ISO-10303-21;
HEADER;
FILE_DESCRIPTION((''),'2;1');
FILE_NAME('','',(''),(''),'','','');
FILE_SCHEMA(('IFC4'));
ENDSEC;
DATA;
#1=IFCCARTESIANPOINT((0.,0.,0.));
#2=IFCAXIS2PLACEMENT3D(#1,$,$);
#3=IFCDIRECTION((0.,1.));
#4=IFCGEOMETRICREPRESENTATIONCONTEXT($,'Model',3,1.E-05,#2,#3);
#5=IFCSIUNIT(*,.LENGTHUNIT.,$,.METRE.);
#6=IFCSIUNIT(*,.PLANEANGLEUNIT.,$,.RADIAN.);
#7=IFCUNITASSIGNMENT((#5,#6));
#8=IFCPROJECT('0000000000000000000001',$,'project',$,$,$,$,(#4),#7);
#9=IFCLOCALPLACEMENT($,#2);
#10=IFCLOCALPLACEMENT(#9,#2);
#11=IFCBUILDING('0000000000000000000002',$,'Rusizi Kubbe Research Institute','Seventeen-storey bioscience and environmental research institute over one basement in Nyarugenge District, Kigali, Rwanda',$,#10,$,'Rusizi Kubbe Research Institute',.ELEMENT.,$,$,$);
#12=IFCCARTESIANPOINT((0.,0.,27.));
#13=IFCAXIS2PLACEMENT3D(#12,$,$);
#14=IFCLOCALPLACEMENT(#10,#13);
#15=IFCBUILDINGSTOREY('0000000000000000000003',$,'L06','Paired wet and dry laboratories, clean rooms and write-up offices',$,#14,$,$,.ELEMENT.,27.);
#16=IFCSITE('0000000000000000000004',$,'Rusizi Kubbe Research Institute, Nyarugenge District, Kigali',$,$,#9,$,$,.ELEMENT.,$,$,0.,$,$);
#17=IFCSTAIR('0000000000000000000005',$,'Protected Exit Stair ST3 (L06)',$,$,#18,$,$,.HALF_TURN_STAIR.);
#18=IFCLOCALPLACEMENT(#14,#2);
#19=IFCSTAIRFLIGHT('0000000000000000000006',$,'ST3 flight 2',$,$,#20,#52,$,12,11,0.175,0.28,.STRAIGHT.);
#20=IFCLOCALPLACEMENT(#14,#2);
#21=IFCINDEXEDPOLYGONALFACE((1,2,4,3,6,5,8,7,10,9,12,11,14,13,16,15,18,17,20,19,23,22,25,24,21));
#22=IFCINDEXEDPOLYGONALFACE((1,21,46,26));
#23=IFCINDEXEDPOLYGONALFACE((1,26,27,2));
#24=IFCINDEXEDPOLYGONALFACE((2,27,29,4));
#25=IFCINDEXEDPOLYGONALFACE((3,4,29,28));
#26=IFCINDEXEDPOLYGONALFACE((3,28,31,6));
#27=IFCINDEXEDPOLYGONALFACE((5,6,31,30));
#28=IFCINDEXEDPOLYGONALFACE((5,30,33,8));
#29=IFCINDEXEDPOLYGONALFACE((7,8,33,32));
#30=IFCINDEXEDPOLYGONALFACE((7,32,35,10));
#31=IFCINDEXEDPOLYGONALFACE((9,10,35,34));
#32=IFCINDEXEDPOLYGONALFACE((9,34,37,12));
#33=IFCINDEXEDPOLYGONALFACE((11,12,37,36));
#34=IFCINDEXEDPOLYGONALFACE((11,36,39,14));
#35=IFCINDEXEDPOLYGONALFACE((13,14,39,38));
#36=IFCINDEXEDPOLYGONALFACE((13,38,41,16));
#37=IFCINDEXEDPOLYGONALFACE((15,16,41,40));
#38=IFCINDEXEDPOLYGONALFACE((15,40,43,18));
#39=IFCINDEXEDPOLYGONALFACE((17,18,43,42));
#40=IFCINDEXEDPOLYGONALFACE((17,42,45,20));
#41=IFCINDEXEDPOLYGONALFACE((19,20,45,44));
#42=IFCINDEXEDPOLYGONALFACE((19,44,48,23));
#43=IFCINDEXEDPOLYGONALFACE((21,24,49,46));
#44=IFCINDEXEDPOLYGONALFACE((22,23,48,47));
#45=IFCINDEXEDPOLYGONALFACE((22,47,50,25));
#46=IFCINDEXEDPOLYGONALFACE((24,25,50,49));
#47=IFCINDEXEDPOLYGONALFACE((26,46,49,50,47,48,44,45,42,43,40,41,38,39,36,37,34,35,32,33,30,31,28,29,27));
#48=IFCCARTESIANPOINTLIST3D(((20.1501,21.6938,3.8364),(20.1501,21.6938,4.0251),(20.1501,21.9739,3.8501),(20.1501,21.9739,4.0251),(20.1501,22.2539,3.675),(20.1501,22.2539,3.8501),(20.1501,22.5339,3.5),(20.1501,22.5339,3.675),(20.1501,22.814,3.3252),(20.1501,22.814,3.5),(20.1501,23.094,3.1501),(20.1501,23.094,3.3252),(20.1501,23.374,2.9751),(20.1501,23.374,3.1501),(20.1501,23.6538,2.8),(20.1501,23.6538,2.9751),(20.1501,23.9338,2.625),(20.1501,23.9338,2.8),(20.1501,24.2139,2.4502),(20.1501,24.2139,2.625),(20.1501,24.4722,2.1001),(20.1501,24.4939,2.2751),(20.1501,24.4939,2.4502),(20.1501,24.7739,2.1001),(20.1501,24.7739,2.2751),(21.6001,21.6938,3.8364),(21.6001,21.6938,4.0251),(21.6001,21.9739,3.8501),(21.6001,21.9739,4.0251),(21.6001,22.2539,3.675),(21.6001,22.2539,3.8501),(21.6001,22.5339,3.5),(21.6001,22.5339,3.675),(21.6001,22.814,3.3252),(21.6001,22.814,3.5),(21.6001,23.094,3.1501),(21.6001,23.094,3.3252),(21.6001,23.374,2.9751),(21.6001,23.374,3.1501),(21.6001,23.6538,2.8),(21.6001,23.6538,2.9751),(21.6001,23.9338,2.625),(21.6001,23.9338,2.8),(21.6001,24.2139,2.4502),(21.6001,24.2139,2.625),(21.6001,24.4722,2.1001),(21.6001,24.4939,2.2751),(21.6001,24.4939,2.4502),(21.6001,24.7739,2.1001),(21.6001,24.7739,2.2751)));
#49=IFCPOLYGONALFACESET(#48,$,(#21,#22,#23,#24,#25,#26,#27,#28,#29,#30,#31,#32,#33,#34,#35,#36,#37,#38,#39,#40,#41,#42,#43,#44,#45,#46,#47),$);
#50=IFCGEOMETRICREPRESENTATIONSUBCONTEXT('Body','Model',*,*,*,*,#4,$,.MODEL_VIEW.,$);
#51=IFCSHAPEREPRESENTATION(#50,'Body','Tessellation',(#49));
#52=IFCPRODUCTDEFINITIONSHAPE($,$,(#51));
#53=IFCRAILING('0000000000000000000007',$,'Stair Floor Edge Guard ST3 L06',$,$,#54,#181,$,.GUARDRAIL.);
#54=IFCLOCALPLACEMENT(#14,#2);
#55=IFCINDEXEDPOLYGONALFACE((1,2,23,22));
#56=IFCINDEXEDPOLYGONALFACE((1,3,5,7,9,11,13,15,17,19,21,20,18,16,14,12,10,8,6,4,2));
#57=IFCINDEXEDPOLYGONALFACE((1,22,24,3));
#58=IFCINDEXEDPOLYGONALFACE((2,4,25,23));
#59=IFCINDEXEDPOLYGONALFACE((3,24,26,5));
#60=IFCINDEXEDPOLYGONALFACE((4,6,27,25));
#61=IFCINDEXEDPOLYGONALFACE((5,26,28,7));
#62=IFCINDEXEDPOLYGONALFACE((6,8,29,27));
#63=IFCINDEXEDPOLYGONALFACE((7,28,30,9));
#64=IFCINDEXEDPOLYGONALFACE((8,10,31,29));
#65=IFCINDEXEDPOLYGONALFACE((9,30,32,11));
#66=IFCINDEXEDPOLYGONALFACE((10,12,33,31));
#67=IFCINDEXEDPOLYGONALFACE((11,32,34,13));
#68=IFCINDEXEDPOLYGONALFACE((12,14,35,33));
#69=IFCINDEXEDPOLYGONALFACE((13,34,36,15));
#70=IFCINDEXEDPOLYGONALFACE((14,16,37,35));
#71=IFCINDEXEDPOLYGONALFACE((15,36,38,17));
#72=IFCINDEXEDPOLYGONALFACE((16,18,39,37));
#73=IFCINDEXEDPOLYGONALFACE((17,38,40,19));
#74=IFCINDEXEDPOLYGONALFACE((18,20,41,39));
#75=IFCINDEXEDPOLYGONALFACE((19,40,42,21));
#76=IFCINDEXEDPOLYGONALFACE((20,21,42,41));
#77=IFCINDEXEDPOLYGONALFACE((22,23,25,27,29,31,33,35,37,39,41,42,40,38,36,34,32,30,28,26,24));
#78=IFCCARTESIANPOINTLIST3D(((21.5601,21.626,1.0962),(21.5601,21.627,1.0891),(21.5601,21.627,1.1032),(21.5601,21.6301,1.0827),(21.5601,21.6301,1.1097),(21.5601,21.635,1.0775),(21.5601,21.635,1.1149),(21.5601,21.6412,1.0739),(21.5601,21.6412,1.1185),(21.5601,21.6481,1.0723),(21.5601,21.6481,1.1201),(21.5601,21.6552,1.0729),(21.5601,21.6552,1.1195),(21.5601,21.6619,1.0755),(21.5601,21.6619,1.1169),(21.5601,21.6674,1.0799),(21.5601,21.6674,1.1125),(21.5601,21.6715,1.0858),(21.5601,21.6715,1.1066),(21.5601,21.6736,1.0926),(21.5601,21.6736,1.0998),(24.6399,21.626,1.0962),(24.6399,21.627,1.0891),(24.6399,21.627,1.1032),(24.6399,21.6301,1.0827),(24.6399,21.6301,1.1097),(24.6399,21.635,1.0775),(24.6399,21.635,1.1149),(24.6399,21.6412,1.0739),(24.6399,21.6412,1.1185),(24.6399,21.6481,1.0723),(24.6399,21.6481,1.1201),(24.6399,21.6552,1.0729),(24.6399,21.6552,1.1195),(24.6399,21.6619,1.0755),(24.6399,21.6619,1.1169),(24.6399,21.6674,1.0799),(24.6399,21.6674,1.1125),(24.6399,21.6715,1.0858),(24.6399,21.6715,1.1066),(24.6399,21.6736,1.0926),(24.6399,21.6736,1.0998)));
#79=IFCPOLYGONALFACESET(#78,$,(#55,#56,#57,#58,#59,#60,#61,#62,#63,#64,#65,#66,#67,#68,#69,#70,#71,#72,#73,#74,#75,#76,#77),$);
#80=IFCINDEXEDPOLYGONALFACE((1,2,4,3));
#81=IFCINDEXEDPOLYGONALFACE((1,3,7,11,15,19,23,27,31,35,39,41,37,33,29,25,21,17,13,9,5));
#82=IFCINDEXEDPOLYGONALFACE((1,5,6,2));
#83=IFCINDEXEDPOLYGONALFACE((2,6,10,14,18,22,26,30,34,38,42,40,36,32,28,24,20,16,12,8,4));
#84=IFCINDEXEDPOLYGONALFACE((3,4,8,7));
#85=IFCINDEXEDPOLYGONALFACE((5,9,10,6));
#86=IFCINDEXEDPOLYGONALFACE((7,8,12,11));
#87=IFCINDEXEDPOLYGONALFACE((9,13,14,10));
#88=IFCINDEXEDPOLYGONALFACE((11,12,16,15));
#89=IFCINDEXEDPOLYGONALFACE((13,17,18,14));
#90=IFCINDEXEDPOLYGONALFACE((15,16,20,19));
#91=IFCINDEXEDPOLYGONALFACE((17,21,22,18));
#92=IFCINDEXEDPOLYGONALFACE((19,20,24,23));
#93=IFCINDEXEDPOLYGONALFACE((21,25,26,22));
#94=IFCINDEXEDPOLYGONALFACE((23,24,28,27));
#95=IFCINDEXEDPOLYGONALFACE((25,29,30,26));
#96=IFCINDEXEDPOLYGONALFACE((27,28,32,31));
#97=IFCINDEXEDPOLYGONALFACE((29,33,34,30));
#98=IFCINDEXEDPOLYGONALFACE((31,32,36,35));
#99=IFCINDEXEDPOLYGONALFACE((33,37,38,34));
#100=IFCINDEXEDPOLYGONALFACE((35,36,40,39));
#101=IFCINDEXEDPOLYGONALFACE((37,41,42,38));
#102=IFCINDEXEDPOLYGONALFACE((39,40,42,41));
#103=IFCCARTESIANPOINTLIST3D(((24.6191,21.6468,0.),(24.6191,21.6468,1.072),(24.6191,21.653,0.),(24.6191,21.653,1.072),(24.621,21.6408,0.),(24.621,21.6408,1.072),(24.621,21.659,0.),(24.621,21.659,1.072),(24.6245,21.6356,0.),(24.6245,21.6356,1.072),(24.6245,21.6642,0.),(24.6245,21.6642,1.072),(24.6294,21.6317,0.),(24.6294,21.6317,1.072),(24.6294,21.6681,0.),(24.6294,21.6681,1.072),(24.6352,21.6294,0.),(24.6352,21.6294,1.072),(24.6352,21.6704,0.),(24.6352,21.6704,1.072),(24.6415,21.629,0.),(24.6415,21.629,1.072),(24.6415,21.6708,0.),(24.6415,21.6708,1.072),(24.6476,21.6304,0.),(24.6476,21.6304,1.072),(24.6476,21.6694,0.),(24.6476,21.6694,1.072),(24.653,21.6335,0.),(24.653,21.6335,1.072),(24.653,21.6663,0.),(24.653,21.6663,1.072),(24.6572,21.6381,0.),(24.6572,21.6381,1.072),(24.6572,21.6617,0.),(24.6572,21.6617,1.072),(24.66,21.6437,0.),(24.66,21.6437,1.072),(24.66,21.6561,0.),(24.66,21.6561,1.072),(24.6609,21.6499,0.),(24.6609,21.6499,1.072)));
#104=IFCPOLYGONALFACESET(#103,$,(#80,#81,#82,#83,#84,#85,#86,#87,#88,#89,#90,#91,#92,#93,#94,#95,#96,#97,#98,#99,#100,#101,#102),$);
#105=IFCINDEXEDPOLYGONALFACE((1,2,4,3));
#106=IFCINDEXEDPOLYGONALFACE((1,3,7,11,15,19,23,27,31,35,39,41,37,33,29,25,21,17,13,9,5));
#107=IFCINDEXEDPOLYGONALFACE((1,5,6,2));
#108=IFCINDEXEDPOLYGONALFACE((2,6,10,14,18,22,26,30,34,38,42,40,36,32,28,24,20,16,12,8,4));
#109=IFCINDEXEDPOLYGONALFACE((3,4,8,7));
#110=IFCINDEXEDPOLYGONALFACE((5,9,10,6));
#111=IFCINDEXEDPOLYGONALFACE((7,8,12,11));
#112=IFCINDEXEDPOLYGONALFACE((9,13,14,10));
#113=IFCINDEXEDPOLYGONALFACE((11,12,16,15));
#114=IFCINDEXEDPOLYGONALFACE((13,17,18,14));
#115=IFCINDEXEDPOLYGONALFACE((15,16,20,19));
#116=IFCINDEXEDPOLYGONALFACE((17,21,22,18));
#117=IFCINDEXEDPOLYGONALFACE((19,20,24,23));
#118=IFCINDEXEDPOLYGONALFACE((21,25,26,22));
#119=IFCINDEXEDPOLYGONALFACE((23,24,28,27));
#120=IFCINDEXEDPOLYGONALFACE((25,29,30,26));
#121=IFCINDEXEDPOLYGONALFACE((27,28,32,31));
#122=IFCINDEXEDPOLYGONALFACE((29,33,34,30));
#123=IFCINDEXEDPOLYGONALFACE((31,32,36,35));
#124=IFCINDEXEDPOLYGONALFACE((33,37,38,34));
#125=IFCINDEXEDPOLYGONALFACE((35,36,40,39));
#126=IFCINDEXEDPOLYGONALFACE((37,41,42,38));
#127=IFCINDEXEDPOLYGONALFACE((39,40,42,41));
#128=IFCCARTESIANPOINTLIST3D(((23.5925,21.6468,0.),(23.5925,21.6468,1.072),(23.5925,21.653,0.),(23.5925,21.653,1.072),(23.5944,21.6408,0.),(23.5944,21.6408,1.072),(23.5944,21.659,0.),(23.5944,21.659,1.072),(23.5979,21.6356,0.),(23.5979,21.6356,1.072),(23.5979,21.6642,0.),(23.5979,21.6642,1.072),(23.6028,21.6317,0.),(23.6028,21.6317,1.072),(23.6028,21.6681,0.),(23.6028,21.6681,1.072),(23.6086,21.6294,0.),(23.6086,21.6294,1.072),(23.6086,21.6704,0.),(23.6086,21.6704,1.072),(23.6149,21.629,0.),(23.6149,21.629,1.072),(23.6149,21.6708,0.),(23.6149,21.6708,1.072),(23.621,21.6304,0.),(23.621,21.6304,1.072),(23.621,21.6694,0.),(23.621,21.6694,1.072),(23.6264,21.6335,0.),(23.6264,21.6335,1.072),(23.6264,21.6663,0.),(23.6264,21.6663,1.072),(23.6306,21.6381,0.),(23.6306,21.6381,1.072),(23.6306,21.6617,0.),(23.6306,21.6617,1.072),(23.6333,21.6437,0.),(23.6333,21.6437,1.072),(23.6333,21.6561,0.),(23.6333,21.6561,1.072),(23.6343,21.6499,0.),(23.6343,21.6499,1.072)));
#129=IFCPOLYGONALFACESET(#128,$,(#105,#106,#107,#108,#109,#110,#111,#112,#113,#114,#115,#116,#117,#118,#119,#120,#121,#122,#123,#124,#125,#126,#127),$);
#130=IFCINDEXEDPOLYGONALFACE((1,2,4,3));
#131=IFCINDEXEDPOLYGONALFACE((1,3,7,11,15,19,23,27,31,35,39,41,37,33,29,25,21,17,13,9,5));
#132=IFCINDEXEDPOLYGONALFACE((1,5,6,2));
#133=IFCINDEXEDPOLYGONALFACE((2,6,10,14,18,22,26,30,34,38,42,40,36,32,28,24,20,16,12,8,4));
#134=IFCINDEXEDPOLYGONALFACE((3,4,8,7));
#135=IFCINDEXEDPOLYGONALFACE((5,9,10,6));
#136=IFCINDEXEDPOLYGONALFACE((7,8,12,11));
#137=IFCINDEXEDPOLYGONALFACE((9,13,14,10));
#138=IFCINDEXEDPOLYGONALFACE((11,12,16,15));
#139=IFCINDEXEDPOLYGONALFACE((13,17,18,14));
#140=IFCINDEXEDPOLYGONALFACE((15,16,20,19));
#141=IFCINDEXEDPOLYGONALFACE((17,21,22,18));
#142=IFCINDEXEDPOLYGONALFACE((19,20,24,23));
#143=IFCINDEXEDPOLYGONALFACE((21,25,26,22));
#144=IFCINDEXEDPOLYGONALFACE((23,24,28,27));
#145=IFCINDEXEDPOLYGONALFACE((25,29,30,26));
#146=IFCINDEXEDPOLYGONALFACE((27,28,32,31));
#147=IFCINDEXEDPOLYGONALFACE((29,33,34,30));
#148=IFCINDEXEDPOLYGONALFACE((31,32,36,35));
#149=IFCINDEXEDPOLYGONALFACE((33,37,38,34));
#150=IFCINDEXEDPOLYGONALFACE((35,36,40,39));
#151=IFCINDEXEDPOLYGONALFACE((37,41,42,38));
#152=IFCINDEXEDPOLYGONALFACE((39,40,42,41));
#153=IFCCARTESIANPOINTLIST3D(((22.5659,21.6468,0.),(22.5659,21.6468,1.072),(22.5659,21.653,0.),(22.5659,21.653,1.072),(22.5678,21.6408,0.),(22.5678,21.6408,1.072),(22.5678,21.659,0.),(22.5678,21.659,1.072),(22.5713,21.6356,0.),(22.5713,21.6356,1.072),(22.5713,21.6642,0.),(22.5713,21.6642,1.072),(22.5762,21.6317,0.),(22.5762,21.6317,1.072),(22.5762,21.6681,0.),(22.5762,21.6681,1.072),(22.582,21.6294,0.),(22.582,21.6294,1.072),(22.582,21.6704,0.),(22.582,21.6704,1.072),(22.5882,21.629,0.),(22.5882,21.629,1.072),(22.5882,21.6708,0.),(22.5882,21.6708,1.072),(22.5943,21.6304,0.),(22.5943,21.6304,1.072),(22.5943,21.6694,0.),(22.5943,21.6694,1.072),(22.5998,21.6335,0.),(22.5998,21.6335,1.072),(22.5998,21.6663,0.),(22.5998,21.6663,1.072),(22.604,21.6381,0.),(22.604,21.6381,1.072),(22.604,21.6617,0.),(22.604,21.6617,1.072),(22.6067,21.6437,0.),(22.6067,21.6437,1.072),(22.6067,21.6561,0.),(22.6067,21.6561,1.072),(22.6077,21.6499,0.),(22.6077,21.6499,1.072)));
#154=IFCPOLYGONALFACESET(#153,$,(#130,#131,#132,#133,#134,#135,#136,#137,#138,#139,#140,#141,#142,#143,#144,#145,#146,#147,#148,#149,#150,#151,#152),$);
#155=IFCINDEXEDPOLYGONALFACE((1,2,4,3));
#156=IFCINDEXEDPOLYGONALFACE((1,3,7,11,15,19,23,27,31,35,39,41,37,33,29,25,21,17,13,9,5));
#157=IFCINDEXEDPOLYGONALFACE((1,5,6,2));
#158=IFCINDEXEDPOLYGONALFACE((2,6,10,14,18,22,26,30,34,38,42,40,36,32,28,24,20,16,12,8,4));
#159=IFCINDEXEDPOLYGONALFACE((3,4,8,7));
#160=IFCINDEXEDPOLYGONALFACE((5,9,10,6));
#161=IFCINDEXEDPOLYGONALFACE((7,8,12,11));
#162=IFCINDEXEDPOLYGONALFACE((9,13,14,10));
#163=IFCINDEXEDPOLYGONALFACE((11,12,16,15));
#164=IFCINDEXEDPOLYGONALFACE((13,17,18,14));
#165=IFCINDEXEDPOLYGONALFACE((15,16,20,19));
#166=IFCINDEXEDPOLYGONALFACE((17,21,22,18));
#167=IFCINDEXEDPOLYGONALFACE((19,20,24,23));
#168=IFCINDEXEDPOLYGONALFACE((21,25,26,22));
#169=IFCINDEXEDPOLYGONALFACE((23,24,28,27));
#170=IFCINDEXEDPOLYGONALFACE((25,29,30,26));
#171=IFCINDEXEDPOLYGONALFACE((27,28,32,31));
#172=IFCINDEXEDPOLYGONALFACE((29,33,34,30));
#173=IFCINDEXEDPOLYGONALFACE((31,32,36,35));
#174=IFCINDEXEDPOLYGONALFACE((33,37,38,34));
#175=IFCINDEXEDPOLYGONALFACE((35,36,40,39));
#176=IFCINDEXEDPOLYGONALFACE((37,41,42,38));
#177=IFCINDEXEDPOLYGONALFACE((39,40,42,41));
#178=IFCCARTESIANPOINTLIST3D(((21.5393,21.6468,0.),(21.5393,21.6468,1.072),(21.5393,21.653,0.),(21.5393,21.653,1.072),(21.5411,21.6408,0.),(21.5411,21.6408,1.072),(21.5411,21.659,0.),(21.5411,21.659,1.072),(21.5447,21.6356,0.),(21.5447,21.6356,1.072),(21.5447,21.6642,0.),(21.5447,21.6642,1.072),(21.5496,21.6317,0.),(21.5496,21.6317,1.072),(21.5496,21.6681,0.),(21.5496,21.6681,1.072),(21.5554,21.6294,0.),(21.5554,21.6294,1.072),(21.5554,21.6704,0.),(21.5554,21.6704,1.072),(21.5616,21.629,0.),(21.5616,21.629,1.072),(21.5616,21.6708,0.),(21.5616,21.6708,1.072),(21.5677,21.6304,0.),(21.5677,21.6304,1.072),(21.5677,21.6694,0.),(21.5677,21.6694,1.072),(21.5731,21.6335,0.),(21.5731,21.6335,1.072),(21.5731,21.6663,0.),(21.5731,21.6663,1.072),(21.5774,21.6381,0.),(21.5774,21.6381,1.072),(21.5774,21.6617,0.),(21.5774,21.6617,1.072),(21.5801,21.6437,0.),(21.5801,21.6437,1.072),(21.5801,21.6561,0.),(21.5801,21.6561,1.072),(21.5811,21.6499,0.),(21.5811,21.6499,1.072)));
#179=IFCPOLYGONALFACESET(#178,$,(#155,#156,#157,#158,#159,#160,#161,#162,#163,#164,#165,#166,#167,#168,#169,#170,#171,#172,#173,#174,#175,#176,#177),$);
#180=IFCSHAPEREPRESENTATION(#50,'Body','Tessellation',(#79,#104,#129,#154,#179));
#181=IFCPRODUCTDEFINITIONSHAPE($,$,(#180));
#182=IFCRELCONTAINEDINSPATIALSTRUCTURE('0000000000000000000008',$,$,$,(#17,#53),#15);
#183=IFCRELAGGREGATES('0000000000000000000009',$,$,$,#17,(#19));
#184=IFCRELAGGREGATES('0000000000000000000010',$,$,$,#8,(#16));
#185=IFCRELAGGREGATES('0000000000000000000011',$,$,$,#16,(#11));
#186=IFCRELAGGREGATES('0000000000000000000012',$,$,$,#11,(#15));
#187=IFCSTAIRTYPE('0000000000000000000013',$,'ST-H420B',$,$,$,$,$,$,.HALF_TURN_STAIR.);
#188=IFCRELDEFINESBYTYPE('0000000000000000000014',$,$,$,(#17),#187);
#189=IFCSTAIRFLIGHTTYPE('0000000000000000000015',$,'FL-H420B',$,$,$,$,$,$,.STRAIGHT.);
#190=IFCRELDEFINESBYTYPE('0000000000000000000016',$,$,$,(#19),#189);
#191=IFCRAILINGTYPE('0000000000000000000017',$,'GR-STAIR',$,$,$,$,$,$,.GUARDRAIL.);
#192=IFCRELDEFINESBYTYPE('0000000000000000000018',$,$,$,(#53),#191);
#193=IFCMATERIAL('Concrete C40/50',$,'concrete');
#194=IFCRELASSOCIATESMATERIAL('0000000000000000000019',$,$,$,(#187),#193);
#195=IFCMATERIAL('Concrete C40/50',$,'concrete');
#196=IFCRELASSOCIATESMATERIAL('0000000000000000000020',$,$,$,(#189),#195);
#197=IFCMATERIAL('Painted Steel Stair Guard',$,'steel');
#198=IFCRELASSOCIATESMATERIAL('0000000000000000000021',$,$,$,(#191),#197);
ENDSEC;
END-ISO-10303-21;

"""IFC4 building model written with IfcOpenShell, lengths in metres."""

from ifc_helpers import new_model, si_unit, direction, frame, origin, origin_2d, place, context, subcontext, project, spatial, polyline, circle, outline, extrude, material, type_object, element, aggregate, save


model = new_model("IFC4")

# Units and contexts
model_context = context("Model", 3, precision=1e-05, world=origin(), true_north=direction((0.0, 1.0)))
body_context = subcontext(model_context, "Body", "Model", "MODEL_VIEW")
ifc_project = project(units=[si_unit("LENGTHUNIT", "METRE"), si_unit("PLANEANGLEUNIT", "RADIAN")], contexts=[model_context])

# Site, building, storey
site_placement = place(None, origin())
site = spatial("IfcSite", under=ifc_project, at=site_placement, Name="Rusizi Kubbe Research Institute, Nyarugenge District, Kigali", CompositionType="ELEMENT", RefElevation=0.0)
building_placement = place(site_placement, origin())
building = spatial("IfcBuilding", under=site, at=building_placement, Name="Rusizi Kubbe Research Institute", Description="Seventeen-storey bioscience and environmental research institute over one basement in Nyarugenge District, Kigali, Rwanda", LongName="Rusizi Kubbe Research Institute", CompositionType="ELEMENT")
storey_placement = place(building_placement, frame((0.0, 0.0, 27.0)))
storey = spatial("IfcBuildingStorey", under=building, at=storey_placement, Name="L06", Description="Paired wet and dry laboratories, clean rooms and write-up offices", CompositionType="ELEMENT", Elevation=27.0)

# Stair, stair flight
ifc_material_1 = material(Name="Concrete C40/50", Category="concrete")
stair_type = type_object("IfcStairType", Name="ST-H420B", PredefinedType="HALF_TURN_STAIR", material=ifc_material_1)
stair_placement = place(storey_placement, origin())
stair = element("IfcStair", 1, at=stair_placement, inside=storey, type_object=stair_type, Name="Protected Exit Stair ST3 (L06)", PredefinedType="HALF_TURN_STAIR")
ifc_material_2 = material(Name="Concrete C40/50", Category="concrete")
stair_flight_type = type_object("IfcStairFlightType", Name="FL-H420B", PredefinedType="STRAIGHT", material=ifc_material_2)
stair_flight_1_placement = place(storey_placement, frame((20.875, 24.7739, 2.1001), z_axis=(0.0, 0.0, 1.0), x_axis=(0.0, -1.0, 0.0)))
stair_flight_1 = element("IfcStairFlight", 2, at=stair_flight_1_placement, type_object=stair_flight_type, Name="ST3 flight 2", NumberOfRisers=12, NumberOfTreads=11, PredefinedType="STRAIGHT", RiserHeight=0.175, TreadLength=0.28, context=body_context, shape_type="SweptSolid", body=[
    extrude(outline(polyline([(0.0, 0.0), (0.0, 0.175), (0.28, 0.175), (0.28, 0.3501), (0.5601, 0.3501), (0.5601, 0.5249), (0.8401, 0.5249), (0.8401, 0.7), (1.1201, 0.7), (1.1201, 0.875), (1.3999, 0.875), (1.3999, 1.05), (1.6799, 1.05), (1.6799, 1.2251), (1.96, 1.2251), (1.96, 1.3999), (2.24, 1.3999), (2.24, 1.575), (2.52, 1.575), (2.52, 1.75), (2.8, 1.75), (2.8, 1.925), (3.0801, 1.925), (3.0801, 2.1001), (3.0801, 1.7363), (0.3018, 0.0), (0.0, 0.0)])), frame((0.0, 0.7251, 0.0), z_axis=(0.0, -1.0, 0.0), x_axis=(1.0, 0.0, 0.0)), (0.0, 0.0, 1.0), 1.45),
])
aggregate(stair, [stair_flight_1])

# Railing
ifc_material_3 = material(Name="Painted Steel Stair Guard", Category="steel")
railing_type_1 = type_object("IfcRailingType", Name="GR-STAIR", PredefinedType="GUARDRAIL", material=ifc_material_3)
railing_1_placement = place(storey_placement, frame((24.6399, 21.6499, 0.0)))
element("IfcRailing", 3, at=railing_1_placement, inside=storey, type_object=railing_type_1, Name="Stair Floor Edge Guard ST3 L06", PredefinedType="GUARDRAIL", context=body_context, shape_type="SweptSolid", body=[
    extrude(circle(Radius=0.0239, at=origin_2d()), frame((0.0, 0.0, 1.0962), z_axis=(-1.0, 0.0, 0.0), x_axis=(0.0, -1.0, 0.0)), (0.0, 0.0, 1.0), 3.0798),
    extrude(circle(Radius=0.021, at=origin_2d()), origin(), (0.0, 0.0, 1.0), 1.072),
    extrude(circle(Radius=0.021, at=origin_2d()), frame((-1.0266, 0.0, 0.0)), (0.0, 0.0, 1.0), 1.072),
    extrude(circle(Radius=0.021, at=origin_2d()), frame((-2.0532, 0.0, 0.0)), (0.0, 0.0, 1.0), 1.072),
    extrude(circle(Radius=0.021, at=origin_2d()), frame((-3.0798, 0.0, 0.0)), (0.0, 0.0, 1.0), 1.072),
])

save(model, "model.ifc")
